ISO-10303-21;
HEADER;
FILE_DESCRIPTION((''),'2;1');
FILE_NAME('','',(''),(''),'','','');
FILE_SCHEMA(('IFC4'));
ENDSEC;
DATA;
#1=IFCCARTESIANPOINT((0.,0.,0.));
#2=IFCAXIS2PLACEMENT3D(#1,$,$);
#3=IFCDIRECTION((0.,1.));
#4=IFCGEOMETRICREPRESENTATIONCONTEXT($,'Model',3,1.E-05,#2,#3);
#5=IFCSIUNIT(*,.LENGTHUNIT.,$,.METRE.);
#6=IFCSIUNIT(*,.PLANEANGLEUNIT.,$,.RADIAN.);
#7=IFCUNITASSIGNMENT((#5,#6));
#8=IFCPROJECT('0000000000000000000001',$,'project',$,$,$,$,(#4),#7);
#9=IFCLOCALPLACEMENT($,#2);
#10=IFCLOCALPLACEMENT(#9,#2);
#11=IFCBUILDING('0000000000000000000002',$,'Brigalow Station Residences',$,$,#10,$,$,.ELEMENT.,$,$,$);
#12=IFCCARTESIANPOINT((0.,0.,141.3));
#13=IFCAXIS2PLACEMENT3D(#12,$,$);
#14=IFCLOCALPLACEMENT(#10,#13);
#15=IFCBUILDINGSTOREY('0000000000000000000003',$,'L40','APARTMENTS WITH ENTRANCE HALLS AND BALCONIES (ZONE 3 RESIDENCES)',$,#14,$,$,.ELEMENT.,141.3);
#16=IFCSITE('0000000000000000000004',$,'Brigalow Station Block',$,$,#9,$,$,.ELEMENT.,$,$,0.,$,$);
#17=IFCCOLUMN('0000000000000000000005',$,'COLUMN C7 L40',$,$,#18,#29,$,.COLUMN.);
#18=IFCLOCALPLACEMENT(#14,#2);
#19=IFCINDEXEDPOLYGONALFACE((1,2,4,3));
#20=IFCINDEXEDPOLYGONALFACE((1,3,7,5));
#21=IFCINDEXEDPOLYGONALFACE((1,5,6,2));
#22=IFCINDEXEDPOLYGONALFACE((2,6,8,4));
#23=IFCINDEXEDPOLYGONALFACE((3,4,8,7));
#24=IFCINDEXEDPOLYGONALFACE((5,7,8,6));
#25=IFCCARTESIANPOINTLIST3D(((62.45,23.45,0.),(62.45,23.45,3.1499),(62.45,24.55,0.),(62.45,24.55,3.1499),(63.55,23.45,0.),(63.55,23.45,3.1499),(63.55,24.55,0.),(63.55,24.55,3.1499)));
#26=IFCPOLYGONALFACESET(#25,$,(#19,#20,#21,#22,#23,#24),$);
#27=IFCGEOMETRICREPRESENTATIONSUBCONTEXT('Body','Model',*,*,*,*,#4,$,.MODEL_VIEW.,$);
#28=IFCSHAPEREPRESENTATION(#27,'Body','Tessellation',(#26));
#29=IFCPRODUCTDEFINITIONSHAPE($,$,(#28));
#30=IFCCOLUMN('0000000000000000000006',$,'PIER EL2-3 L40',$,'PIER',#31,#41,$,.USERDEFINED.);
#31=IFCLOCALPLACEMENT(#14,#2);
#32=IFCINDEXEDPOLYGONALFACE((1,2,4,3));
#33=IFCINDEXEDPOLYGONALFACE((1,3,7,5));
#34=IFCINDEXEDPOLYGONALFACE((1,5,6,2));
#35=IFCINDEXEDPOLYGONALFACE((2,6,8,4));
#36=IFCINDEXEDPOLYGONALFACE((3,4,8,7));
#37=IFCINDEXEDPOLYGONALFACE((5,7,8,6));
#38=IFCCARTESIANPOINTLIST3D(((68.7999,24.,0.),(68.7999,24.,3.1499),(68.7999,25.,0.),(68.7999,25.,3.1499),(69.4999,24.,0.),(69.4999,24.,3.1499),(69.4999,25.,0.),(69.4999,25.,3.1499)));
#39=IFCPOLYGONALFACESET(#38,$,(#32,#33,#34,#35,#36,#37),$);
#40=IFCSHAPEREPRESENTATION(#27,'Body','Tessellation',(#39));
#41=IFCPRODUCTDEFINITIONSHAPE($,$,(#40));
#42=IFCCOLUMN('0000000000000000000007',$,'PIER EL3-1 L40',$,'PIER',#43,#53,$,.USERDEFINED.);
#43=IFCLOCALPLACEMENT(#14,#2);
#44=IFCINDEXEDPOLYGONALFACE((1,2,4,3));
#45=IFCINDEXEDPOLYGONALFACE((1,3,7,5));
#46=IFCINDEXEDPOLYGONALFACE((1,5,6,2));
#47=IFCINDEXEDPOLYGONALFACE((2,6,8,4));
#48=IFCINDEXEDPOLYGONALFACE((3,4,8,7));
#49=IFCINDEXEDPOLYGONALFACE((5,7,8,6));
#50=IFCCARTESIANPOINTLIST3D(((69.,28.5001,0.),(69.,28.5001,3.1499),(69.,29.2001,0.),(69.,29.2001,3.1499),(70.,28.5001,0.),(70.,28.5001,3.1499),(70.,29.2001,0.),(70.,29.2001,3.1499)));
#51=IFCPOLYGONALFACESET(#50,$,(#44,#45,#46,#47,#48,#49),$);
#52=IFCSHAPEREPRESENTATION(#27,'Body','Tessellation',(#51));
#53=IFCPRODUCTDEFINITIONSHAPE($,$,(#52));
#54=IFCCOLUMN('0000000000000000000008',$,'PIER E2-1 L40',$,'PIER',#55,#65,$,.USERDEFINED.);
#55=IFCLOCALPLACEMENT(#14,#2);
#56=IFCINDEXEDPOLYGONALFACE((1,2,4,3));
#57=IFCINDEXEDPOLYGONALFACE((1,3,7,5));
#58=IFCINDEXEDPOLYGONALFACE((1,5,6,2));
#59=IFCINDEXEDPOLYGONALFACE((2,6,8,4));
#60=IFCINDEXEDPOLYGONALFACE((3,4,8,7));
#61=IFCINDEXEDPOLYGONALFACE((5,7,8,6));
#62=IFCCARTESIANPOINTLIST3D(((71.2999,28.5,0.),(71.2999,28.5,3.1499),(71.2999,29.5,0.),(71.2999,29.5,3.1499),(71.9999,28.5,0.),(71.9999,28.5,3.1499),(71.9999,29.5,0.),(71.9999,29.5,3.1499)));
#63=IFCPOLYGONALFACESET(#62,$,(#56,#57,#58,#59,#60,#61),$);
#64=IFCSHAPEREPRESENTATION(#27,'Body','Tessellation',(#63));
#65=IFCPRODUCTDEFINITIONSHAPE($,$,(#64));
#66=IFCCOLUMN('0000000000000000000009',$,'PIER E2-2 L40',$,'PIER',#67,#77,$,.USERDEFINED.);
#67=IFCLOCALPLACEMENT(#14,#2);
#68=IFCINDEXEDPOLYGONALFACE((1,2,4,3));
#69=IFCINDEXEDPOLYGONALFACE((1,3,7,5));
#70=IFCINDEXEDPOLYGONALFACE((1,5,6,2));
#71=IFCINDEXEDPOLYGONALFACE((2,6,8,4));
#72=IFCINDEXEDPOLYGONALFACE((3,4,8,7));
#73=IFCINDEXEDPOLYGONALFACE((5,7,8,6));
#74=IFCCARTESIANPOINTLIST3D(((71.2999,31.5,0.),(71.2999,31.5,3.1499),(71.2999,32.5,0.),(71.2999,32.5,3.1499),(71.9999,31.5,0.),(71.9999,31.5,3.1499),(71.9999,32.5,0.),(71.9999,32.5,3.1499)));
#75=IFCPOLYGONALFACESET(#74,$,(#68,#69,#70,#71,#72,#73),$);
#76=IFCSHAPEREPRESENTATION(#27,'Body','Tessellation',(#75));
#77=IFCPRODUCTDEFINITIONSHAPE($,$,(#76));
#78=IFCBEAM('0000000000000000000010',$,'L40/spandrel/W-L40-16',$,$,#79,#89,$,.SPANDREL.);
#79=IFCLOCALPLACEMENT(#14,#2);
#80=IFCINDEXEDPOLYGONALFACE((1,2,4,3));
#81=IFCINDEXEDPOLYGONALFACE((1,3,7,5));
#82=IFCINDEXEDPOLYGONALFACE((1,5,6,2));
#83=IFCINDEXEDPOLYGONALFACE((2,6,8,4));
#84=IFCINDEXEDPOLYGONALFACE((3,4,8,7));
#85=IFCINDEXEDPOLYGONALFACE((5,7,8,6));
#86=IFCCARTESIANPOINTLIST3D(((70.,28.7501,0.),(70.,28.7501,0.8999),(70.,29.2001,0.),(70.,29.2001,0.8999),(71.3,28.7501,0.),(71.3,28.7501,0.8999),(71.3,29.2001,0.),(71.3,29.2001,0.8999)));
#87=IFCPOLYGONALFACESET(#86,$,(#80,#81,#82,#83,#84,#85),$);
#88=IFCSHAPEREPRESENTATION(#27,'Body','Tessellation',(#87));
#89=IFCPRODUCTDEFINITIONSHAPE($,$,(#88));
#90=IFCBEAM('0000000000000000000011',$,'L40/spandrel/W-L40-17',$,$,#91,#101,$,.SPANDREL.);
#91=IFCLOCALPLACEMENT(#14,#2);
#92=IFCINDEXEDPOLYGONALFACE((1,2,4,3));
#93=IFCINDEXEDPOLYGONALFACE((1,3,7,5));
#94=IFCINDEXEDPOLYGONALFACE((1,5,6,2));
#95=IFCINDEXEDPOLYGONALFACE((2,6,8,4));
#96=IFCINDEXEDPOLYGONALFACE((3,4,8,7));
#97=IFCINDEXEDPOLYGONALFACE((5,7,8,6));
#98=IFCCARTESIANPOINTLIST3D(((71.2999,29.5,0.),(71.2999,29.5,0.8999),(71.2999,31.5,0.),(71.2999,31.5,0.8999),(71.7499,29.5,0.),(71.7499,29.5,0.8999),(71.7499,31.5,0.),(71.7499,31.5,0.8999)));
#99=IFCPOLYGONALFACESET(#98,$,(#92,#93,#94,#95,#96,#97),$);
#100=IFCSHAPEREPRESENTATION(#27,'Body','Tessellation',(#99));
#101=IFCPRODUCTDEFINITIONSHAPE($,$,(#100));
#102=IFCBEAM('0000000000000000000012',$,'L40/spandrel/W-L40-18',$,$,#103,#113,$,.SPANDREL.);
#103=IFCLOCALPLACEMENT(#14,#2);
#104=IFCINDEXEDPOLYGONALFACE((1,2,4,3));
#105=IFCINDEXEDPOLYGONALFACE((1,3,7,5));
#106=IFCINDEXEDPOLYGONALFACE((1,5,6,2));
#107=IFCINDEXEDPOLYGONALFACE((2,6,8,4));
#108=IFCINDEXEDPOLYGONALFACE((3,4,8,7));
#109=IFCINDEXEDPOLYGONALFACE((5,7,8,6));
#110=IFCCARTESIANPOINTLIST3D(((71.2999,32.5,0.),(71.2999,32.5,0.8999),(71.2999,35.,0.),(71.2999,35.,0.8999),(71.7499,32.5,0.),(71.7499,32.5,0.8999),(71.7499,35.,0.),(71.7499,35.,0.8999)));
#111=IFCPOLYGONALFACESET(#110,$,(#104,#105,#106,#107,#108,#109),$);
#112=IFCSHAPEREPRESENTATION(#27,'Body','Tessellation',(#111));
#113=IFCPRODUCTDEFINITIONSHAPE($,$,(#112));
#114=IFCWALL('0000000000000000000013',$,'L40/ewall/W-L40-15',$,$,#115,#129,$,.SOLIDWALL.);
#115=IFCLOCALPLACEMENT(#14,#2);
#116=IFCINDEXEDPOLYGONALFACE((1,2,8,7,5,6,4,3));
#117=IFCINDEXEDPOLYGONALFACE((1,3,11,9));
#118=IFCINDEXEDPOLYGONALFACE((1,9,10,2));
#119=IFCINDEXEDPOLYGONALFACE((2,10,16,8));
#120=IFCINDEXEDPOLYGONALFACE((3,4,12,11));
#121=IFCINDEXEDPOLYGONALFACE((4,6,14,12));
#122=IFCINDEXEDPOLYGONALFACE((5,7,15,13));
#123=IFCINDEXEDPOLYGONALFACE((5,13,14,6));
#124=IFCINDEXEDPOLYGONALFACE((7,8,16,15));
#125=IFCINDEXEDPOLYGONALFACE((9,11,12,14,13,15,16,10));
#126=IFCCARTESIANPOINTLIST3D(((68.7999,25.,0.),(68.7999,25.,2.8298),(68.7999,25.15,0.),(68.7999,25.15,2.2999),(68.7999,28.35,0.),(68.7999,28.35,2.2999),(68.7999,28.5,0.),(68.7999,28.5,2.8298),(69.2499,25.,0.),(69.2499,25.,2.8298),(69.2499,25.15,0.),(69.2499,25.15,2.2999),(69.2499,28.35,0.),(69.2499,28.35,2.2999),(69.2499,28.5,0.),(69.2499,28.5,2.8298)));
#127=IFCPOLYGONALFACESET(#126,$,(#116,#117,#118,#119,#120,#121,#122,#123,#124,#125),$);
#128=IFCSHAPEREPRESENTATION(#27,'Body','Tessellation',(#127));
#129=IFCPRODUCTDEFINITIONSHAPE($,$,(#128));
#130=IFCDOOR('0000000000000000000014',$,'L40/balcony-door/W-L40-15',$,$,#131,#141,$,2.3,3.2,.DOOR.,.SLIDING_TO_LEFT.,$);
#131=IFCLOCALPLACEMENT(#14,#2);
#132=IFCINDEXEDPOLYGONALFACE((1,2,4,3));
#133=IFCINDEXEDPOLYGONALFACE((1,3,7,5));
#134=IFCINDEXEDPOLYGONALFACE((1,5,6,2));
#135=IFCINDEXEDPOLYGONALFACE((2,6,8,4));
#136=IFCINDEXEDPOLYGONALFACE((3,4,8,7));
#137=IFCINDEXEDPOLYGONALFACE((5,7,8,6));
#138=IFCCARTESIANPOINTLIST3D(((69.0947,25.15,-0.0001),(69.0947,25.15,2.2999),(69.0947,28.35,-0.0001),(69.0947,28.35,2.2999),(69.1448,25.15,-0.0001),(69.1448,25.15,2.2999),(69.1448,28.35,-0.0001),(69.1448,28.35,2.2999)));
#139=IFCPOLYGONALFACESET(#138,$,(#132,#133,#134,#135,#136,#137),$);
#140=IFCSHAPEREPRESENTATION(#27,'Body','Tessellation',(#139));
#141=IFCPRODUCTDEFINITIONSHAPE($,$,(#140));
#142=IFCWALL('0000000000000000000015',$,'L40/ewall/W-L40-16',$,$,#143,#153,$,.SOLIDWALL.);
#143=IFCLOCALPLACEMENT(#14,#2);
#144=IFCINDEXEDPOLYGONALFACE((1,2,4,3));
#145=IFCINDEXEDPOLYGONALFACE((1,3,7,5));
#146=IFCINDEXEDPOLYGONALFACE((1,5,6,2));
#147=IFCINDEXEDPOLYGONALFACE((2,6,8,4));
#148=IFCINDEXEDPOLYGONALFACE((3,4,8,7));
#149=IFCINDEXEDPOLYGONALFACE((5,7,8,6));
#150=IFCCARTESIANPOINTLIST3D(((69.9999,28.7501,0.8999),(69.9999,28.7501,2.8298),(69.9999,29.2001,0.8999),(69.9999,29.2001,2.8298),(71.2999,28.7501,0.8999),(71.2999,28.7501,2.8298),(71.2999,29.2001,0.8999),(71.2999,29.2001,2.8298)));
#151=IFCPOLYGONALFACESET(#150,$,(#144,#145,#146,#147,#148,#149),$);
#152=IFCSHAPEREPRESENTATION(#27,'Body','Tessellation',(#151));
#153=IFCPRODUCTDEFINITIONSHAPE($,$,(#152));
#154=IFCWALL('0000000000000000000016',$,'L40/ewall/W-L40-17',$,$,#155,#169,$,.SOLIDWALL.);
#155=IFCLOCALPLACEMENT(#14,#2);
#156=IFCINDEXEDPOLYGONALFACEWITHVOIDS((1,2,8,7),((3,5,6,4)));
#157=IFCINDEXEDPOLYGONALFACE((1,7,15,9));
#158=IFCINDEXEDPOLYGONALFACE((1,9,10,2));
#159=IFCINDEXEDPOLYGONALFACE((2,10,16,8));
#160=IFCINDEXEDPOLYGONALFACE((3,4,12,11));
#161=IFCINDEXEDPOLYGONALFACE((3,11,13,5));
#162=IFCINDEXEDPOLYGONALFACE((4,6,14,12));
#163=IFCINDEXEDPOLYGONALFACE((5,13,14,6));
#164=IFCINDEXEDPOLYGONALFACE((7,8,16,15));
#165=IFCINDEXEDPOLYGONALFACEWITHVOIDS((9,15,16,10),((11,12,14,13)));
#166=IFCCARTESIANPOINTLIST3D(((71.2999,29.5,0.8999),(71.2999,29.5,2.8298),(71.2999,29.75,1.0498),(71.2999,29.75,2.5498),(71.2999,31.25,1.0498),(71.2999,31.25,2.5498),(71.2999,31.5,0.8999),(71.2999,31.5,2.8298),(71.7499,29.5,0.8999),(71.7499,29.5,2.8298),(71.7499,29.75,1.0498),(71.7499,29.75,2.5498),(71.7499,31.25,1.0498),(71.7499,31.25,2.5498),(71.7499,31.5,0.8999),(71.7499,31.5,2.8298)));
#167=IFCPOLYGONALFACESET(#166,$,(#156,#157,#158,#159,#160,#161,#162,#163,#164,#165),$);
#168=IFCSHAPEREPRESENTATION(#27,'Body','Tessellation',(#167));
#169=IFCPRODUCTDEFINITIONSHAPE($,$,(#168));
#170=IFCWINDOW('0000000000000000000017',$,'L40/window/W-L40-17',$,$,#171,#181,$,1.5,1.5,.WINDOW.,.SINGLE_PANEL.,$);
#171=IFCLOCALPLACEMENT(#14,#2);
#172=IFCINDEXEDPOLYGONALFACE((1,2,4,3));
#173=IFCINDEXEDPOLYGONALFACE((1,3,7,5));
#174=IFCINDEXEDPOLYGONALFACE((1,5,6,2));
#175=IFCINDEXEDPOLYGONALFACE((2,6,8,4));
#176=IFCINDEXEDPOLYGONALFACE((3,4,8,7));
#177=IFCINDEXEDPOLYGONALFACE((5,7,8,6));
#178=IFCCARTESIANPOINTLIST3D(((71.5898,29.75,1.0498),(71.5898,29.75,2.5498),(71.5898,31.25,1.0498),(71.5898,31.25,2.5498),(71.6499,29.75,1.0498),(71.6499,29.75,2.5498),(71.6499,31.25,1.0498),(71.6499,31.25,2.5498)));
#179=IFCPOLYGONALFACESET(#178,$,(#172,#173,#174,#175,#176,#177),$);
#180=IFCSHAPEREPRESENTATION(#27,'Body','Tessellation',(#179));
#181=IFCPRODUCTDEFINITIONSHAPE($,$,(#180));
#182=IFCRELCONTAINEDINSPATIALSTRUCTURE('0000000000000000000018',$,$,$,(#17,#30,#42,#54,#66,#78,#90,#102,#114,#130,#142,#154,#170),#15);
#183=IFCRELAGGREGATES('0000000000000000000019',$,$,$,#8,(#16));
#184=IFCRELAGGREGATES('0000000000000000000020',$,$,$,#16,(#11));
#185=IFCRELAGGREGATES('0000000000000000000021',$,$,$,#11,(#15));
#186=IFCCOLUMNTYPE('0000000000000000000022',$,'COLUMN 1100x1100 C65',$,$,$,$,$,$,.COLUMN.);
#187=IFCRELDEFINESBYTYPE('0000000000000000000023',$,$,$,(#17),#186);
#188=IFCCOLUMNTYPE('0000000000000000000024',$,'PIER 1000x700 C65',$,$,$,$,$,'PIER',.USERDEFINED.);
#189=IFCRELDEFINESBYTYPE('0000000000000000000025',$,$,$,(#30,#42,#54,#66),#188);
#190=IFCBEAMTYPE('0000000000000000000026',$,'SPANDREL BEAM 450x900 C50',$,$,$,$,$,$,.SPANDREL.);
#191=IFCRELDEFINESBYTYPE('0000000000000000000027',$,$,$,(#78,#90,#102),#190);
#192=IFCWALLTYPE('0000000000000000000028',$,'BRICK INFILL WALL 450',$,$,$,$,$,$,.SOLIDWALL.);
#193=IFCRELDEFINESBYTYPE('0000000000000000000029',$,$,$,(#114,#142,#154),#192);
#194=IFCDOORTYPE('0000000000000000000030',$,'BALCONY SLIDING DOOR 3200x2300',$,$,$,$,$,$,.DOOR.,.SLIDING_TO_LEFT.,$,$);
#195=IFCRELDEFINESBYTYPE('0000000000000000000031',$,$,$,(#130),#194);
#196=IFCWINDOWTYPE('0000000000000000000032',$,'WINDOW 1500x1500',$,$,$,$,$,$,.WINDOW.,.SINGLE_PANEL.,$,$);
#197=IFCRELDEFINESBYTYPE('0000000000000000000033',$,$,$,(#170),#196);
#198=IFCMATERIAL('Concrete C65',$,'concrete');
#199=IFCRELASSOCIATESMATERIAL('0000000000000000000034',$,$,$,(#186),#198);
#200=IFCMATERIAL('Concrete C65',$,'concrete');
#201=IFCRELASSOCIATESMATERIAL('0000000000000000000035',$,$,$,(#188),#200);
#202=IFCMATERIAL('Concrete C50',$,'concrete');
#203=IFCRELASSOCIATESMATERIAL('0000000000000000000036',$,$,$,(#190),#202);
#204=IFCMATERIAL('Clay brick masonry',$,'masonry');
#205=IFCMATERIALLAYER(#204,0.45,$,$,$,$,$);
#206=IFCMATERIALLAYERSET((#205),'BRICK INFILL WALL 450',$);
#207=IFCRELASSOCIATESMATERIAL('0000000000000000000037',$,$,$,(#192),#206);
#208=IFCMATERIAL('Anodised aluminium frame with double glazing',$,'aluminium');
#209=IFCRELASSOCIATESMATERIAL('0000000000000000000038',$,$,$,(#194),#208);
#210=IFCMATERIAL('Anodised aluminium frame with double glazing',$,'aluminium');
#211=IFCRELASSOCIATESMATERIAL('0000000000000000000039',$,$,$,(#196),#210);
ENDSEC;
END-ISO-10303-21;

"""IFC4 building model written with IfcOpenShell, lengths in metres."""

from ifc_helpers import new_model, si_unit, direction, frame, frame_2d, origin, origin_2d, place, context, subcontext, project, spatial, rectangle, extrude, material, layer, layer_set, material_profile, profile_set, type_object, element, fill, save


model = new_model("IFC4")

# Units and contexts
model_context = context("Model", 3, precision=1e-05, world=origin(), true_north=direction((0.0, 1.0)))
body_context = subcontext(model_context, "Body", "Model", "MODEL_VIEW")
ifc_project = project(units=[si_unit("LENGTHUNIT", "METRE"), si_unit("PLANEANGLEUNIT", "RADIAN")], contexts=[model_context])

# Site, building, storey
site_placement = place(None, origin())
site = spatial("IfcSite", under=ifc_project, at=site_placement, Name="Brigalow Station Block", CompositionType="ELEMENT", RefElevation=0.0)
building_placement = place(site_placement, origin())
building = spatial("IfcBuilding", under=site, at=building_placement, Name="Brigalow Station Residences", CompositionType="ELEMENT")
storey_placement = place(building_placement, frame((0.0, 0.0, 141.3)))
storey = spatial("IfcBuildingStorey", under=building, at=storey_placement, Name="L40", Description="APARTMENTS WITH ENTRANCE HALLS AND BALCONIES (ZONE 3 RESIDENCES)", CompositionType="ELEMENT", Elevation=141.3)

# Columns
ifc_material_1 = material(Name="Concrete C65", Category="concrete")
ifc_material_profile_1 = material_profile(ifc_material_1, rectangle(XDim=1.1001, YDim=1.1001, at=origin_2d()), Name="RC1100x1100")
ifc_profile_set_1 = profile_set([ifc_material_profile_1], Name="Concrete C65")
column_type_1 = type_object("IfcColumnType", Name="COLUMN 1100x1100 C65", PredefinedType="COLUMN", material=ifc_profile_set_1)
column_placement = place(storey_placement, frame((63.0, 24.0, 0.0), z_axis=(0.0, 0.0, 1.0), x_axis=(1.0, 0.0, 0.0)))
element("IfcColumn", 1, at=column_placement, inside=storey, type_object=column_type_1, Name="COLUMN C7 L40", PredefinedType="COLUMN", context=body_context, shape_type="SweptSolid", body=[
    extrude(rectangle(XDim=1.1001, YDim=1.1001, at=origin_2d()), origin(), (0.0, 0.0, 1.0), 3.1499),
])
ifc_material_2 = material(Name="Concrete C65", Category="concrete")
ifc_material_profile_2 = material_profile(ifc_material_2, rectangle(XDim=1.0, YDim=0.7, at=origin_2d()), Name="RC1000x700")
ifc_profile_set_2 = profile_set([ifc_material_profile_2], Name="Concrete C65")
column_type_2 = type_object("IfcColumnType", Name="PIER 1000x700 C65", ElementType="PIER", PredefinedType="USERDEFINED", material=ifc_profile_set_2)
for number, where, z_axis, x_axis, name in (
    (2, (69.1499, 24.5, 0.0), (0.0, 0.0, 1.0), (0.0, 1.0, 0.0), "PIER EL2-3 L40"),
    (3, (69.5, 28.8501, 0.0), (0.0, 0.0, 1.0), (1.0, 0.0, 0.0), "PIER EL3-1 L40"),
    (4, (71.6499, 29.0, 0.0), (0.0, 0.0, 1.0), (0.0, 1.0, 0.0), "PIER E2-1 L40"),
    (5, (71.6499, 32.0, 0.0), (0.0, 0.0, 1.0), (0.0, 1.0, 0.0), "PIER E2-2 L40"),
):
    element("IfcColumn", number, at=place(storey_placement, frame(where, z_axis=z_axis, x_axis=x_axis)), inside=storey, type_object=column_type_2, Name=name, ObjectType="PIER", PredefinedType="USERDEFINED", context=body_context, shape_type="SweptSolid", body=[
        extrude(rectangle(XDim=1.0, YDim=0.7, at=origin_2d()), origin(), (0.0, 0.0, 1.0), 3.1499),
    ])

# Beams
ifc_material_3 = material(Name="Concrete C50", Category="concrete")
ifc_material_profile_3 = material_profile(ifc_material_3, rectangle(XDim=0.45, YDim=0.8999, at=origin_2d()), Name="RC450x900")
ifc_profile_set_3 = profile_set([ifc_material_profile_3], Name="Concrete C50")
beam_type = type_object("IfcBeamType", Name="SPANDREL BEAM 450x900 C50", PredefinedType="SPANDREL", material=ifc_profile_set_3)
beam_1_placement = place(storey_placement, frame((70.0, 28.9751, 0.45), z_axis=(1.0, 0.0, 0.0), x_axis=(0.0, 1.0, 0.0)))
element("IfcBeam", 6, at=beam_1_placement, inside=storey, type_object=beam_type, Name="L40/spandrel/W-L40-16", PredefinedType="SPANDREL", context=body_context, shape_type="SweptSolid", body=[
    extrude(rectangle(XDim=0.45, YDim=0.8999, at=origin_2d()), origin(), (0.0, 0.0, 1.0), 1.3),
])
beam_2_placement = place(storey_placement, frame((71.5249, 29.5, 0.45), z_axis=(0.0, 1.0, 0.0), x_axis=(-1.0, 0.0, 0.0)))
element("IfcBeam", 7, at=beam_2_placement, inside=storey, type_object=beam_type, Name="L40/spandrel/W-L40-17", PredefinedType="SPANDREL", context=body_context, shape_type="SweptSolid", body=[
    extrude(rectangle(XDim=0.45, YDim=0.8999, at=origin_2d()), origin(), (0.0, 0.0, 1.0), 2.0),
])
beam_3_placement = place(storey_placement, frame((71.5249, 32.5, 0.45), z_axis=(0.0, 1.0, 0.0), x_axis=(-1.0, 0.0, 0.0)))
element("IfcBeam", 8, at=beam_3_placement, inside=storey, type_object=beam_type, Name="L40/spandrel/W-L40-18", PredefinedType="SPANDREL", context=body_context, shape_type="SweptSolid", body=[
    extrude(rectangle(XDim=0.45, YDim=0.8999, at=origin_2d()), origin(), (0.0, 0.0, 1.0), 2.5),
])

# Wall, opening, door
ifc_material_4 = material(Name="Clay brick masonry", Category="masonry")
ifc_layer_1 = layer(ifc_material_4, 0.45)
ifc_layer_set_1 = layer_set([ifc_layer_1], Name="BRICK INFILL WALL 450")
wall_type_1 = type_object("IfcWallType", Name="BRICK INFILL WALL 450", PredefinedType="SOLIDWALL", material=ifc_layer_set_1)
wall_1_placement = place(storey_placement, frame((69.0249, 25.0, 0.0), z_axis=(0.0, 0.0, 1.0), x_axis=(0.0, 1.0, 0.0)))
wall_1 = element("IfcWall", 9, at=wall_1_placement, inside=storey, type_object=wall_type_1, Name="L40/ewall/W-L40-15", PredefinedType="SOLIDWALL", context=body_context, shape_type="SweptSolid", body=[
    extrude(rectangle(XDim=3.5, YDim=0.45, at=frame_2d((1.75, 0.0))), origin(), (0.0, 0.0, 1.0), 2.8298),
])
opening_1_placement = place(wall_1_placement, frame((0.1499, 0.0, 0.0)))
opening_1 = element("IfcOpeningElement", 10, at=opening_1_placement, cuts=wall_1, PredefinedType="OPENING", context=body_context, shape_type="SweptSolid", body=[
    extrude(rectangle(XDim=3.2, YDim=2.3, at=frame_2d((1.6001, 1.1499))), frame((0.0, 0.2349, 0.0), z_axis=(0.0, -1.0, 0.0), x_axis=(1.0, 0.0, 0.0)), (0.0, 0.0, 1.0), 0.47),
])
ifc_material_5 = material(Name="Anodised aluminium frame with double glazing", Category="aluminium")
door_type_1 = type_object("IfcDoorType", Name="BALCONY SLIDING DOOR 3200x2300", OperationType="SLIDING_TO_LEFT", PredefinedType="DOOR", material=ifc_material_5)
door_1_placement = place(opening_1_placement, origin())
door_1 = element("IfcDoor", 11, at=door_1_placement, inside=storey, type_object=door_type_1, Name="L40/balcony-door/W-L40-15", OperationType="SLIDING_TO_LEFT", OverallHeight=2.3, OverallWidth=3.2, PredefinedType="DOOR", context=body_context, shape_type="SweptSolid", body=[
    extrude(rectangle(XDim=3.2, YDim=2.3, at=frame_2d((1.6001, 1.1499))), frame((0.0, -0.0698, 0.0), z_axis=(0.0, -1.0, 0.0), x_axis=(1.0, 0.0, 0.0)), (0.0, 0.0, 1.0), 0.05),
])
fill(opening_1, door_1)

# Wall
wall_2_placement = place(storey_placement, frame((70.0, 28.9751, 0.8999), z_axis=(0.0, 0.0, 1.0), x_axis=(1.0, 0.0, 0.0)))
element("IfcWall", 12, at=wall_2_placement, inside=storey, type_object=wall_type_1, Name="L40/ewall/W-L40-16", PredefinedType="SOLIDWALL", context=body_context, shape_type="SweptSolid", body=[
    extrude(rectangle(XDim=1.3, YDim=0.45, at=frame_2d((0.6499, 0.0))), origin(), (0.0, 0.0, 1.0), 1.9299),
])

# Wall, opening, window
wall_3_placement = place(storey_placement, frame((71.5249, 29.5, 0.8999), z_axis=(0.0, 0.0, 1.0), x_axis=(0.0, 1.0, 0.0)))
wall_3 = element("IfcWall", 13, at=wall_3_placement, inside=storey, type_object=wall_type_1, Name="L40/ewall/W-L40-17", PredefinedType="SOLIDWALL", context=body_context, shape_type="SweptSolid", body=[
    extrude(rectangle(XDim=2.0, YDim=0.45, at=frame_2d((1.0, 0.0))), origin(), (0.0, 0.0, 1.0), 1.9299),
])
opening_2_placement = place(wall_3_placement, frame((0.25, 0.0, 0.1499)))
opening_2 = element("IfcOpeningElement", 14, at=opening_2_placement, cuts=wall_3, PredefinedType="OPENING", context=body_context, shape_type="SweptSolid", body=[
    extrude(rectangle(XDim=1.5, YDim=1.5, at=frame_2d((0.75, 0.75))), frame((0.0, 0.2349, 0.0), z_axis=(0.0, -1.0, 0.0), x_axis=(1.0, 0.0, 0.0)), (0.0, 0.0, 1.0), 0.47),
])
ifc_material_6 = material(Name="Anodised aluminium frame with double glazing", Category="aluminium")
window_type_1 = type_object("IfcWindowType", Name="WINDOW 1500x1500", PartitioningType="SINGLE_PANEL", PredefinedType="WINDOW", material=ifc_material_6)
window_1_placement = place(opening_2_placement, origin())
window_1 = element("IfcWindow", 15, at=window_1_placement, inside=storey, type_object=window_type_1, Name="L40/window/W-L40-17", OverallHeight=1.5, OverallWidth=1.5, PartitioningType="SINGLE_PANEL", PredefinedType="WINDOW", context=body_context, shape_type="SweptSolid", body=[
    extrude(rectangle(XDim=1.5, YDim=1.5, at=frame_2d((0.75, 0.75))), frame((0.0, -0.0649, 0.0), z_axis=(0.0, -1.0, 0.0), x_axis=(1.0, 0.0, 0.0)), (0.0, 0.0, 1.0), 0.0601),
])
fill(opening_2, window_1)

save(model, "model.ifc")
